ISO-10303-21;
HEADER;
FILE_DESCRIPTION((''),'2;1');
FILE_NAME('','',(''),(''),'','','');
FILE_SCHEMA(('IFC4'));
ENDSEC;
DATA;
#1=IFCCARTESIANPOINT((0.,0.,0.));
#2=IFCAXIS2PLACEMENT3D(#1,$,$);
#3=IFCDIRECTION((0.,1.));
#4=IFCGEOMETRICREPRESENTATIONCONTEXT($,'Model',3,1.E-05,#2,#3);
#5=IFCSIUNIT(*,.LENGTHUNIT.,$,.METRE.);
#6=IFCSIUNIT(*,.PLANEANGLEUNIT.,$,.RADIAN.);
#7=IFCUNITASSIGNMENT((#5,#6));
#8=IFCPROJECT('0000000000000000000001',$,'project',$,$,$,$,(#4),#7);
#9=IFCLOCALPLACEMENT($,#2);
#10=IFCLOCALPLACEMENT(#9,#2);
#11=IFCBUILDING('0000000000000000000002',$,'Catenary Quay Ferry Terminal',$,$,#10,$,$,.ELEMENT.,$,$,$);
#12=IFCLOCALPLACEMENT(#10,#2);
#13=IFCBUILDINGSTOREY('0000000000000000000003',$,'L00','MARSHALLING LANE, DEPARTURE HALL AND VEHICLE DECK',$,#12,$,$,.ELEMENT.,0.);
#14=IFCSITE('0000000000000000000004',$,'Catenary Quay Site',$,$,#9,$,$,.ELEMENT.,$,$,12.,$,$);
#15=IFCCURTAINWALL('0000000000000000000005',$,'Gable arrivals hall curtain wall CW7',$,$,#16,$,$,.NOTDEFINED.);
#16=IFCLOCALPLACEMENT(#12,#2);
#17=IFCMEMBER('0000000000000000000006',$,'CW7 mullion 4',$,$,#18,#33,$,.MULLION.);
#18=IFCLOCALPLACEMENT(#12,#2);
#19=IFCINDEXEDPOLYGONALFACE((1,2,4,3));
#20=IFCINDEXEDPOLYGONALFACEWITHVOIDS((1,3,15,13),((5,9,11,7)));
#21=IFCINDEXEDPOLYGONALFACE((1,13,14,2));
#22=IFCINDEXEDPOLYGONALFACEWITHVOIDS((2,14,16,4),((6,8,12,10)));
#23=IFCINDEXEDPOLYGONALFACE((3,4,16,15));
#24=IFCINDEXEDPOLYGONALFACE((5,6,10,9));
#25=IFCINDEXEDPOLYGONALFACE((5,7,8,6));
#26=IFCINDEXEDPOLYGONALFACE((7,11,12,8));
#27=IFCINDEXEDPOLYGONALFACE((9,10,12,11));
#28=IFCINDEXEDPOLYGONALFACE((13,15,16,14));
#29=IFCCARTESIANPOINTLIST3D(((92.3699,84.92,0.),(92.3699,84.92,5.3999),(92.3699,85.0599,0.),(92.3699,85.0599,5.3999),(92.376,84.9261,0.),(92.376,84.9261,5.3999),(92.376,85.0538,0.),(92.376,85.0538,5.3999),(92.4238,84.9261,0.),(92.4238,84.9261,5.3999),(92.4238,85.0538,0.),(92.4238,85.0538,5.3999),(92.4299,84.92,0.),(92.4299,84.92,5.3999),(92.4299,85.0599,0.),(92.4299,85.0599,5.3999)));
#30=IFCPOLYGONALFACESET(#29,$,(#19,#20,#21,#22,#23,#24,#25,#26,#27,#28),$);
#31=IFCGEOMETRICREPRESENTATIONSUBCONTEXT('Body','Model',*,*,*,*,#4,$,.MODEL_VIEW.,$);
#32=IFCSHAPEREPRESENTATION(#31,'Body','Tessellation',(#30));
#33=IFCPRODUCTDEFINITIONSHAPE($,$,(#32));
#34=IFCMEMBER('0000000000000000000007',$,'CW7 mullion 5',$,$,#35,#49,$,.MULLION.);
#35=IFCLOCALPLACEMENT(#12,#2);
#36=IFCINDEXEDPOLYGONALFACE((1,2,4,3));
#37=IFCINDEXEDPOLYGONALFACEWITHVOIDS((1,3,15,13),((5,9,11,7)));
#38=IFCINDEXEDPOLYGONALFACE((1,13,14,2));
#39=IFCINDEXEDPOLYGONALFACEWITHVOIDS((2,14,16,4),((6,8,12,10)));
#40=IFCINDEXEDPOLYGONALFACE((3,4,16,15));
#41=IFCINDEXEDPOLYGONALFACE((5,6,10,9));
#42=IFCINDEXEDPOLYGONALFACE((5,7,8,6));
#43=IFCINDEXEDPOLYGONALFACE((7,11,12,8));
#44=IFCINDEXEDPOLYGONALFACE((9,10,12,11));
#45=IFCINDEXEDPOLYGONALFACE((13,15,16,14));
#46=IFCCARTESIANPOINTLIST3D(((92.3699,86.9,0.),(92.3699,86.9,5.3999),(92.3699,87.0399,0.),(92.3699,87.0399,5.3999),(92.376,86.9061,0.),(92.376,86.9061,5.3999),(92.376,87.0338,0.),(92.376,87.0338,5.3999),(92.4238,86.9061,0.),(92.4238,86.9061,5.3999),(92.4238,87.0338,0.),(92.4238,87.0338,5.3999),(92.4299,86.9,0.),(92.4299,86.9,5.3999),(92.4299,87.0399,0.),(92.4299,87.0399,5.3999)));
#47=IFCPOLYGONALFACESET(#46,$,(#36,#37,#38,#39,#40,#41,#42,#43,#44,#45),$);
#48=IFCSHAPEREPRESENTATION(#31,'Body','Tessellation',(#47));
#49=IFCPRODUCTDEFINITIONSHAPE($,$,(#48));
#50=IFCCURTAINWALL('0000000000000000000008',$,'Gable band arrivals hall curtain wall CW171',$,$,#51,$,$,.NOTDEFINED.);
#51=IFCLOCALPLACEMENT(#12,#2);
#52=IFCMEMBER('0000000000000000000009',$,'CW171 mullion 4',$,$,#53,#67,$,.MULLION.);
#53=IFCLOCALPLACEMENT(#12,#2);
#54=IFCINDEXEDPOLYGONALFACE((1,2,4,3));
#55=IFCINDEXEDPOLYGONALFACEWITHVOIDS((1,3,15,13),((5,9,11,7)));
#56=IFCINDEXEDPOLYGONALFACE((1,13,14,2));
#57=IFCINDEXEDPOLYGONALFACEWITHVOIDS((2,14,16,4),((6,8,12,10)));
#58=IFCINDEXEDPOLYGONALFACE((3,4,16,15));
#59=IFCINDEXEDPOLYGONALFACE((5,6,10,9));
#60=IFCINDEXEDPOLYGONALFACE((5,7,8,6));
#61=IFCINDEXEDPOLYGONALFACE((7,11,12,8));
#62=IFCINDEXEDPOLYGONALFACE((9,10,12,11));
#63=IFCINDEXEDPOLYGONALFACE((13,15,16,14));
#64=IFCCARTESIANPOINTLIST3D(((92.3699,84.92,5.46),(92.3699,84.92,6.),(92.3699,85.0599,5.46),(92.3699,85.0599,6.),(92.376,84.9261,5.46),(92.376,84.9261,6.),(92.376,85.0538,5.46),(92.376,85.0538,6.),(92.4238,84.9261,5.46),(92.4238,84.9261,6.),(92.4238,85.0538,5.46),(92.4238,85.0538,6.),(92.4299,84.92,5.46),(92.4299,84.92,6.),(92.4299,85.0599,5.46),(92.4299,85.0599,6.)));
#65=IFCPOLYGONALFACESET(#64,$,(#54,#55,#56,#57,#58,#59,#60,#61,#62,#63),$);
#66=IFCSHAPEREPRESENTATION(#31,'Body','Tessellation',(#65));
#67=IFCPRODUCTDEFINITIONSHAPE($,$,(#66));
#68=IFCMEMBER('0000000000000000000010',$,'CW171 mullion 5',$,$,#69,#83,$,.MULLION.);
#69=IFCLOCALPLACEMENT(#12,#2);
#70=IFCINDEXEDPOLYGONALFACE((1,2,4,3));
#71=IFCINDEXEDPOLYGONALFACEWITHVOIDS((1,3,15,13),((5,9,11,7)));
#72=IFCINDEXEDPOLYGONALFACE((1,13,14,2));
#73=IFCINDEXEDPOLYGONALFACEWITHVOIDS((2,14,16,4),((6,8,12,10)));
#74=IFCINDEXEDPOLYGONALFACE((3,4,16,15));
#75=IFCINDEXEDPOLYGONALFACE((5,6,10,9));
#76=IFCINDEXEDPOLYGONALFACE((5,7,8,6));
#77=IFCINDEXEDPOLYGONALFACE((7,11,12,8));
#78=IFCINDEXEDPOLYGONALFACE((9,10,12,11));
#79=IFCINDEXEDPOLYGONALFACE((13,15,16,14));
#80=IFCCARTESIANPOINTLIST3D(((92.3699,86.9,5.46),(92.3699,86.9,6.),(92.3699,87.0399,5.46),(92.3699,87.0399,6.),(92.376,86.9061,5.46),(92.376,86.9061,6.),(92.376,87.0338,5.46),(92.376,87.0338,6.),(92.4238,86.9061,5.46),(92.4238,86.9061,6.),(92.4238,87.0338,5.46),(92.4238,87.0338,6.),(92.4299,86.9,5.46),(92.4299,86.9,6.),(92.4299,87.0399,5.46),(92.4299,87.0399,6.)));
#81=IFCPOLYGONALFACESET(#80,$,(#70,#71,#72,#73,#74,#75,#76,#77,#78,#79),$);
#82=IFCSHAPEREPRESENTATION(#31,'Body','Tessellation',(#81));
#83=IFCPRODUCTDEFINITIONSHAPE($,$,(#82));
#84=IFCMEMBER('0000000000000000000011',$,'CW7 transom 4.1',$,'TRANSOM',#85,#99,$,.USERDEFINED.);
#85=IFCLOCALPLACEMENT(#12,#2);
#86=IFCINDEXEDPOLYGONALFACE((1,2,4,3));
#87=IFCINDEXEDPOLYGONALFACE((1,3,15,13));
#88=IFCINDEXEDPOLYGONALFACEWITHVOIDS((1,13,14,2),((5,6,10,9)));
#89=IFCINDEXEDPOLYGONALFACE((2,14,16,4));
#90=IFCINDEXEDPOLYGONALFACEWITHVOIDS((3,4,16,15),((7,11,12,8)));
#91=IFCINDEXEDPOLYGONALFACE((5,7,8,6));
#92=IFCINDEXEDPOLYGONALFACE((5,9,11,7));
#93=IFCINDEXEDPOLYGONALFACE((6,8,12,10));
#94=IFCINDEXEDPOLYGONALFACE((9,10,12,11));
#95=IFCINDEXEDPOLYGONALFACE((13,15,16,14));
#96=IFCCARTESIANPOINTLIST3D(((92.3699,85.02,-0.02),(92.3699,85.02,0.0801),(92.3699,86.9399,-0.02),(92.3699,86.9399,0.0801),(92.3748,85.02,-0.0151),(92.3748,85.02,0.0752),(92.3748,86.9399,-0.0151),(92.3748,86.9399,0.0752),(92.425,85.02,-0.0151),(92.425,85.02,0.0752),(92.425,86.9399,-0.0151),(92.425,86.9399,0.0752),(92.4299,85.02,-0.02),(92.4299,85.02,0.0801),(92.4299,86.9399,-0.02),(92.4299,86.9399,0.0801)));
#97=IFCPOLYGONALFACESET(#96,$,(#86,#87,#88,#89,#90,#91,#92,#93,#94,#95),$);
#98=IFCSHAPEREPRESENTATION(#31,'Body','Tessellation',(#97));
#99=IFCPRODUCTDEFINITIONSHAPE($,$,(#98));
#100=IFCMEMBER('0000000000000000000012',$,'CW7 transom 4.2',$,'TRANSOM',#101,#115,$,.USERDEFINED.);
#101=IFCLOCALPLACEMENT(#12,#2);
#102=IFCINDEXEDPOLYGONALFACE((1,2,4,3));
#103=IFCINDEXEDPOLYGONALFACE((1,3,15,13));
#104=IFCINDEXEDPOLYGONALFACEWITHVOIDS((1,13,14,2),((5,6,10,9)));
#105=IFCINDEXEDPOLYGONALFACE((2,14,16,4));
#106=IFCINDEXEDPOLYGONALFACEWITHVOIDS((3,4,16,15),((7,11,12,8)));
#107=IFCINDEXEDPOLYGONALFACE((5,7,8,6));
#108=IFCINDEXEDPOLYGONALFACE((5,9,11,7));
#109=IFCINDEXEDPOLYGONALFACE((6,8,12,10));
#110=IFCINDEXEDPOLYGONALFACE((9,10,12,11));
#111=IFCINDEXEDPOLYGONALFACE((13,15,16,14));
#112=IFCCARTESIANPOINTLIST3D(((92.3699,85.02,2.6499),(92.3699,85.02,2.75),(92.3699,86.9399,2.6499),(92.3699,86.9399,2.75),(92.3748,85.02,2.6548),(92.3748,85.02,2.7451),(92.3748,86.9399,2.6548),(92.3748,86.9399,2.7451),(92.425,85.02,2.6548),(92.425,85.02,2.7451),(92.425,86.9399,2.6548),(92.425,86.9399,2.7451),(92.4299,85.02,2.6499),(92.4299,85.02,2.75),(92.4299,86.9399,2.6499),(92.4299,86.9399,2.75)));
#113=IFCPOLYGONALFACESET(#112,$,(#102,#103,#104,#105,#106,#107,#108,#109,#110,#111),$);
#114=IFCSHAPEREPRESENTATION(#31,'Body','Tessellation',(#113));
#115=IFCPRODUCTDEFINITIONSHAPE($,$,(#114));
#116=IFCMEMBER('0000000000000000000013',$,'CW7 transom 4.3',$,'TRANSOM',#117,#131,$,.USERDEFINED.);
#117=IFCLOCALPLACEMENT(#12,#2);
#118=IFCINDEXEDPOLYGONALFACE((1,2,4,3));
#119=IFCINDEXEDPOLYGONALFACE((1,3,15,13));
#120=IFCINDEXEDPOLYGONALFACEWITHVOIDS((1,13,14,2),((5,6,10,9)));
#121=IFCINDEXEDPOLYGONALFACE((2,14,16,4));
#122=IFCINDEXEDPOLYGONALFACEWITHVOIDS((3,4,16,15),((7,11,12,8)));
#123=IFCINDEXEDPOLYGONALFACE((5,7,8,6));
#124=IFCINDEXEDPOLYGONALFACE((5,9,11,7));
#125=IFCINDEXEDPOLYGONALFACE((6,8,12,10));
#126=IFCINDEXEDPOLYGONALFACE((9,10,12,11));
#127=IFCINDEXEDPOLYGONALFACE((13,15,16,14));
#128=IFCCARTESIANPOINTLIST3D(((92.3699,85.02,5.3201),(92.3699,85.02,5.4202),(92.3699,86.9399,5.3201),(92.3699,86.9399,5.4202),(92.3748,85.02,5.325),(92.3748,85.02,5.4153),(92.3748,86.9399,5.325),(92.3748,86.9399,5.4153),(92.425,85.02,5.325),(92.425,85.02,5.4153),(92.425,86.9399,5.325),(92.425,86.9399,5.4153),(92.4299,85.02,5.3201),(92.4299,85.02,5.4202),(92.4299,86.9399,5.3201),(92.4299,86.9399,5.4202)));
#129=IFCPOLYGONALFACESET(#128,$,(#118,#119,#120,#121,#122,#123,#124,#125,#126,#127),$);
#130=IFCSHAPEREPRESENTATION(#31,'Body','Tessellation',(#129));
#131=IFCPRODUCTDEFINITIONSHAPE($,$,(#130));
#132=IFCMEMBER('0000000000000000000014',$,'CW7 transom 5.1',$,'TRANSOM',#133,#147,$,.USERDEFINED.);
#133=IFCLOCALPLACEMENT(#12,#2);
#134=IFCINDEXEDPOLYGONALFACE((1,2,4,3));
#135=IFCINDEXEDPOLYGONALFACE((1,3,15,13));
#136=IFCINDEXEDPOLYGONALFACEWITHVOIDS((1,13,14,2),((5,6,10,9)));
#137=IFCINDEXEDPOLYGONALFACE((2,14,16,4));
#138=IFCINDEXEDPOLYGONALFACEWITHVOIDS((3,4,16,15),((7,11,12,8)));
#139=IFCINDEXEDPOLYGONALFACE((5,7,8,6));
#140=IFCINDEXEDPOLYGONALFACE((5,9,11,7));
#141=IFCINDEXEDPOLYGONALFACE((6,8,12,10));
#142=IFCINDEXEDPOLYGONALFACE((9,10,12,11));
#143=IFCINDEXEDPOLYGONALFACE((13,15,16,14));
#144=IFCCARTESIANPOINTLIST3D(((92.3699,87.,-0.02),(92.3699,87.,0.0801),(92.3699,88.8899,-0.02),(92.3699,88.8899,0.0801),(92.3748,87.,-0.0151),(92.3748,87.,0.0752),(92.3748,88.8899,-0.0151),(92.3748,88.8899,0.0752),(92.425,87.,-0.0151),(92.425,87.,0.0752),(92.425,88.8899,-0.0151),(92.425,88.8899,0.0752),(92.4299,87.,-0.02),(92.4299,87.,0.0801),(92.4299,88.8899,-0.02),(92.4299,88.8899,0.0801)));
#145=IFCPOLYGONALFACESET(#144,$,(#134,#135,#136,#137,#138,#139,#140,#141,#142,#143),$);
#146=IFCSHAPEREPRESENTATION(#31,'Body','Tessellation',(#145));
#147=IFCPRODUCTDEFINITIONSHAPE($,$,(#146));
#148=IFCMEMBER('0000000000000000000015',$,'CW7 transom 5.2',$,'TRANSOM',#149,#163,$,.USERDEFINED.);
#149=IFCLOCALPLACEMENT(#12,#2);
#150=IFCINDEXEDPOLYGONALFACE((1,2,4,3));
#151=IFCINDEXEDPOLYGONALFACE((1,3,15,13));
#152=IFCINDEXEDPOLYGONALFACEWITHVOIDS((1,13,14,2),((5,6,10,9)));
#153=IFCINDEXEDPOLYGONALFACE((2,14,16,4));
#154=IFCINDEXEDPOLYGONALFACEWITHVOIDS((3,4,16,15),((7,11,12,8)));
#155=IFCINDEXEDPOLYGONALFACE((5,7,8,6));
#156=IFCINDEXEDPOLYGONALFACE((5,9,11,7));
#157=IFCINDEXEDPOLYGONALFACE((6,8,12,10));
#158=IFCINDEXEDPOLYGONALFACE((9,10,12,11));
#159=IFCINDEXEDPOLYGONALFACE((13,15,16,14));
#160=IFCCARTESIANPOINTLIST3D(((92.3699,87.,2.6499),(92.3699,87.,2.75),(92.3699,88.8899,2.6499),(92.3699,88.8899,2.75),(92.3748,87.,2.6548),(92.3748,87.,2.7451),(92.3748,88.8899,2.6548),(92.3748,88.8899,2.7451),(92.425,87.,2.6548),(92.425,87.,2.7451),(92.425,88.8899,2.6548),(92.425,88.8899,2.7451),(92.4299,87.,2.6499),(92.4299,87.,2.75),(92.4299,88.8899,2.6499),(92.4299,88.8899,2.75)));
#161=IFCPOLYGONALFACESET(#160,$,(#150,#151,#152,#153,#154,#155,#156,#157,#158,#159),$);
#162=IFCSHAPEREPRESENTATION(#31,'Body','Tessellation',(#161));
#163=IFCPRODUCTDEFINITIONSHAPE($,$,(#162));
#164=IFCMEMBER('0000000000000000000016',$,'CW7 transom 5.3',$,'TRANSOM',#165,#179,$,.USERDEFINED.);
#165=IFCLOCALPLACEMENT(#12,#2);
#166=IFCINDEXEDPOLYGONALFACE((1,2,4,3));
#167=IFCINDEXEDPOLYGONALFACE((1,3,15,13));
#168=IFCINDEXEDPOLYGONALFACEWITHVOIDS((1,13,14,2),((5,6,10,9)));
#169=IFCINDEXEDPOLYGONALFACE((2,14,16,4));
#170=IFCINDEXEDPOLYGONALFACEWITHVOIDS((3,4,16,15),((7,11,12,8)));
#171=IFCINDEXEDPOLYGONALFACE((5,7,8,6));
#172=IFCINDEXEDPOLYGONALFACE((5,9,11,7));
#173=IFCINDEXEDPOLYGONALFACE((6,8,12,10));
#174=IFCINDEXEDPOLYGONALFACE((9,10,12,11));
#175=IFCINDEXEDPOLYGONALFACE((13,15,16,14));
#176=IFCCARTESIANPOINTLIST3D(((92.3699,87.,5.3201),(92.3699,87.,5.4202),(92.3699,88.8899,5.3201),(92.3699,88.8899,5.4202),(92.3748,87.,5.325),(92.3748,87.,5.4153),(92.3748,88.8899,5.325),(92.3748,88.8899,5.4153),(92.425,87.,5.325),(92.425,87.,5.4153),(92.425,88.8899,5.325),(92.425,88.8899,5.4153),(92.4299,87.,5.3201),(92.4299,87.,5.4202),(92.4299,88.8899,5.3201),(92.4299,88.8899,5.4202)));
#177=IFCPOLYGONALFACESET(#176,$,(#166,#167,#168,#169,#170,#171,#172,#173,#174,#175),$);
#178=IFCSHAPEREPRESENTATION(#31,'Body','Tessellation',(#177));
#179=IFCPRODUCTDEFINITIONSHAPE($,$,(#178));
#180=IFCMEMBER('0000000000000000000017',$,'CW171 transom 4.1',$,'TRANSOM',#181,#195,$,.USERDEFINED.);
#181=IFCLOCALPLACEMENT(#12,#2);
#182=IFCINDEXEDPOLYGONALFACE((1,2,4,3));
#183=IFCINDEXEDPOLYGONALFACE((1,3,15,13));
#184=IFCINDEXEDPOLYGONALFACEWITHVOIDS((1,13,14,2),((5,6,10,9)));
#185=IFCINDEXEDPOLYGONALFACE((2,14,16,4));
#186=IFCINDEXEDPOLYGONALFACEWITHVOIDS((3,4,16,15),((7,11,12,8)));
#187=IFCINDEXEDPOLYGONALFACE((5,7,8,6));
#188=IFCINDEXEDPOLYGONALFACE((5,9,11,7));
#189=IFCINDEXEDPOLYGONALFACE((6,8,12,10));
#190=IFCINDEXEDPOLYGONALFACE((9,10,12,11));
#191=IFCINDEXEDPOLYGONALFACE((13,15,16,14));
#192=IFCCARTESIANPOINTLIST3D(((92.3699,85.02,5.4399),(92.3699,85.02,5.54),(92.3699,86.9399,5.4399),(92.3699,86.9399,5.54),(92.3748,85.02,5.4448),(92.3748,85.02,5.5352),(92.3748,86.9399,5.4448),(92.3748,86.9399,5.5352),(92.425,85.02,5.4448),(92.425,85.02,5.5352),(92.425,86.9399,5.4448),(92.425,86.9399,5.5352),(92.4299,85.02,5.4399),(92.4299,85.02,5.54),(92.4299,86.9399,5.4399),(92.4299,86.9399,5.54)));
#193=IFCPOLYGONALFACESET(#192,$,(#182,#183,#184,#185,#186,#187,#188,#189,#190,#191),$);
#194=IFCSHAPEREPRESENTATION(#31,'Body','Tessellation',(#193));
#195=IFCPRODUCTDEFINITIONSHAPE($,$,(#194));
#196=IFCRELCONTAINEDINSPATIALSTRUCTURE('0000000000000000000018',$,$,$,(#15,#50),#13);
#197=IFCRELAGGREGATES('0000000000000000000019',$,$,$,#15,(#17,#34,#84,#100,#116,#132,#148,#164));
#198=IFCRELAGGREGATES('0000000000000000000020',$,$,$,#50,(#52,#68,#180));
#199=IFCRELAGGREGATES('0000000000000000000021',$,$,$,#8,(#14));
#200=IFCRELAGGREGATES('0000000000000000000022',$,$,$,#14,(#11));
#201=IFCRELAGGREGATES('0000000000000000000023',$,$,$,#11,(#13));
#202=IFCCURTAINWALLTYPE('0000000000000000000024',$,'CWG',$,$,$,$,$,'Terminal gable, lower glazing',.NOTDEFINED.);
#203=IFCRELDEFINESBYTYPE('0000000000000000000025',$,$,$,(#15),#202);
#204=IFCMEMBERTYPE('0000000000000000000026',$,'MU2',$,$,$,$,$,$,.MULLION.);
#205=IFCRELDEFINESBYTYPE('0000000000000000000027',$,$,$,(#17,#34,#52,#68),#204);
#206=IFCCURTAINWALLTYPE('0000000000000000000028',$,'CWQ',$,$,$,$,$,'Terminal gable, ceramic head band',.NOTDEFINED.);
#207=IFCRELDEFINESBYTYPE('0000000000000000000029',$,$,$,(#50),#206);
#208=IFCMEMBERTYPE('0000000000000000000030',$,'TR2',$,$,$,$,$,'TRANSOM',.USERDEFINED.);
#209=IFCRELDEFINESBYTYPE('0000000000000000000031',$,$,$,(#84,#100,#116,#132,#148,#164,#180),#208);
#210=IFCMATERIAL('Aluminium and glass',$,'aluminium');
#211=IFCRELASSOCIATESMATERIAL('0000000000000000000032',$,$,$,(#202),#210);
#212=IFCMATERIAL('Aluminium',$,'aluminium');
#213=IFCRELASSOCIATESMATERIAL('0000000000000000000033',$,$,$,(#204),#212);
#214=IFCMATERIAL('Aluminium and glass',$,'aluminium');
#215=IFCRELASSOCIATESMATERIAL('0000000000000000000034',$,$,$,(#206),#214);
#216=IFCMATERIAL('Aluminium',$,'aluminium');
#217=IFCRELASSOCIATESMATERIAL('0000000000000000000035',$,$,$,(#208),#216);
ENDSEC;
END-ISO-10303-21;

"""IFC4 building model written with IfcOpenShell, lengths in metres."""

from ifc_helpers import new_model, si_unit, direction, frame, origin, origin_2d, place, context, subcontext, project, spatial, hollow_rectangle, extrude, material, material_profile, profile_set, type_object, element, aggregate, save


model = new_model("IFC4")

# Units and contexts
model_context = context("Model", 3, precision=1e-05, world=origin(), true_north=direction((0.0, 1.0)))
body_context = subcontext(model_context, "Body", "Model", "MODEL_VIEW")
ifc_project = project(units=[si_unit("LENGTHUNIT", "METRE"), si_unit("PLANEANGLEUNIT", "RADIAN")], contexts=[model_context])

# Site, building, storey
site_placement = place(None, origin())
site = spatial("IfcSite", under=ifc_project, at=site_placement, Name="Catenary Quay Site", CompositionType="ELEMENT", RefElevation=12.0)
building_placement = place(site_placement, origin())
building = spatial("IfcBuilding", under=site, at=building_placement, Name="Catenary Quay Ferry Terminal", CompositionType="ELEMENT")
storey_placement = place(building_placement, origin())
storey = spatial("IfcBuildingStorey", under=building, at=storey_placement, Name="L00", Description="MARSHALLING LANE, DEPARTURE HALL AND VEHICLE DECK", CompositionType="ELEMENT", Elevation=0.0)

# Curtain walls, members
ifc_material_1 = material(Name="Aluminium and glass", Category="aluminium")
curtain_wall_type_1 = type_object("IfcCurtainWallType", Name="CWG", ElementType="Terminal gable, lower glazing", PredefinedType="NOTDEFINED", material=ifc_material_1)
curtain_wall_1_placement = place(storey_placement, origin())
curtain_wall_1 = element("IfcCurtainWall", 1, at=curtain_wall_1_placement, inside=storey, type_object=curtain_wall_type_1, Name="Gable arrivals hall curtain wall CW7", PredefinedType="NOTDEFINED")
ifc_material_2 = material(Name="Aluminium", Category="aluminium")
ifc_material_profile_1 = material_profile(ifc_material_2, hollow_rectangle(XDim=0.0601, YDim=0.1399, WallThickness=0.0061, at=origin_2d()), Name="MU2")
ifc_profile_set_1 = profile_set([ifc_material_profile_1], Name="Aluminium")
member_type_1 = type_object("IfcMemberType", Name="MU2", PredefinedType="MULLION", material=ifc_profile_set_1)
member_1_placement = place(storey_placement, frame((92.3999, 84.99, 0.0), z_axis=(0.0, 0.0, 1.0), x_axis=(-1.0, 0.0, 0.0)))
member_1 = element("IfcMember", 2, at=member_1_placement, type_object=member_type_1, Name="CW7 mullion 4", PredefinedType="MULLION", context=body_context, shape_type="SweptSolid", body=[
    extrude(hollow_rectangle(XDim=0.0601, YDim=0.1399, WallThickness=0.0061, at=origin_2d()), origin(), (0.0, 0.0, 1.0), 5.3999),
])
member_2_placement = place(storey_placement, frame((92.3999, 86.97, 0.0), z_axis=(0.0, 0.0, 1.0), x_axis=(-1.0, 0.0, 0.0)))
member_2 = element("IfcMember", 3, at=member_2_placement, type_object=member_type_1, Name="CW7 mullion 5", PredefinedType="MULLION", context=body_context, shape_type="SweptSolid", body=[
    extrude(hollow_rectangle(XDim=0.0601, YDim=0.1399, WallThickness=0.0061, at=origin_2d()), origin(), (0.0, 0.0, 1.0), 5.3999),
])
ifc_material_3 = material(Name="Aluminium and glass", Category="aluminium")
curtain_wall_type_2 = type_object("IfcCurtainWallType", Name="CWQ", ElementType="Terminal gable, ceramic head band", PredefinedType="NOTDEFINED", material=ifc_material_3)
curtain_wall_2_placement = place(storey_placement, origin())
curtain_wall_2 = element("IfcCurtainWall", 4, at=curtain_wall_2_placement, inside=storey, type_object=curtain_wall_type_2, Name="Gable band arrivals hall curtain wall CW171", PredefinedType="NOTDEFINED")
member_3_placement = place(storey_placement, frame((92.3999, 84.99, 5.46), z_axis=(0.0, 0.0, 1.0), x_axis=(-1.0, 0.0, 0.0)))
member_3 = element("IfcMember", 5, at=member_3_placement, type_object=member_type_1, Name="CW171 mullion 4", PredefinedType="MULLION", context=body_context, shape_type="SweptSolid", body=[
    extrude(hollow_rectangle(XDim=0.0601, YDim=0.1399, WallThickness=0.0061, at=origin_2d()), origin(), (0.0, 0.0, 1.0), 0.54),
])
member_4_placement = place(storey_placement, frame((92.3999, 86.97, 5.46), z_axis=(0.0, 0.0, 1.0), x_axis=(-1.0, 0.0, 0.0)))
member_4 = element("IfcMember", 6, at=member_4_placement, type_object=member_type_1, Name="CW171 mullion 5", PredefinedType="MULLION", context=body_context, shape_type="SweptSolid", body=[
    extrude(hollow_rectangle(XDim=0.0601, YDim=0.1399, WallThickness=0.0061, at=origin_2d()), origin(), (0.0, 0.0, 1.0), 0.54),
])

# Members
ifc_material_4 = material(Name="Aluminium", Category="aluminium")
ifc_material_profile_2 = material_profile(ifc_material_4, hollow_rectangle(XDim=0.0601, YDim=0.1001, WallThickness=0.0049, at=origin_2d()), Name="TR2")
ifc_profile_set_2 = profile_set([ifc_material_profile_2], Name="Aluminium")
member_type_2 = type_object("IfcMemberType", Name="TR2", ElementType="TRANSOM", PredefinedType="USERDEFINED", material=ifc_profile_set_2)
member_5_placement = place(storey_placement, frame((92.3999, 85.02, 0.03), z_axis=(0.0, 1.0, 0.0), x_axis=(-1.0, 0.0, 0.0)))
member_5 = element("IfcMember", 7, at=member_5_placement, type_object=member_type_2, Name="CW7 transom 4.1", ObjectType="TRANSOM", PredefinedType="USERDEFINED", context=body_context, shape_type="SweptSolid", body=[
    extrude(hollow_rectangle(XDim=0.0601, YDim=0.1001, WallThickness=0.0049, at=origin_2d()), origin(), (0.0, 0.0, 1.0), 1.9199),
])
member_6_placement = place(storey_placement, frame((92.3999, 85.02, 2.7), z_axis=(0.0, 1.0, 0.0), x_axis=(-1.0, 0.0, 0.0)))
member_6 = element("IfcMember", 8, at=member_6_placement, type_object=member_type_2, Name="CW7 transom 4.2", ObjectType="TRANSOM", PredefinedType="USERDEFINED", context=body_context, shape_type="SweptSolid", body=[
    extrude(hollow_rectangle(XDim=0.0601, YDim=0.1001, WallThickness=0.0049, at=origin_2d()), origin(), (0.0, 0.0, 1.0), 1.9199),
])
member_7_placement = place(storey_placement, frame((92.3999, 85.02, 5.3701), z_axis=(0.0, 1.0, 0.0), x_axis=(-1.0, 0.0, 0.0)))
member_7 = element("IfcMember", 9, at=member_7_placement, type_object=member_type_2, Name="CW7 transom 4.3", ObjectType="TRANSOM", PredefinedType="USERDEFINED", context=body_context, shape_type="SweptSolid", body=[
    extrude(hollow_rectangle(XDim=0.0601, YDim=0.1001, WallThickness=0.0049, at=origin_2d()), origin(), (0.0, 0.0, 1.0), 1.9199),
])
member_8_placement = place(storey_placement, frame((92.3999, 87.0, 0.03), z_axis=(0.0, 1.0, 0.0), x_axis=(-1.0, 0.0, 0.0)))
member_8 = element("IfcMember", 10, at=member_8_placement, type_object=member_type_2, Name="CW7 transom 5.1", ObjectType="TRANSOM", PredefinedType="USERDEFINED", context=body_context, shape_type="SweptSolid", body=[
    extrude(hollow_rectangle(XDim=0.0601, YDim=0.1001, WallThickness=0.0049, at=origin_2d()), origin(), (0.0, 0.0, 1.0), 1.8899),
])
member_9_placement = place(storey_placement, frame((92.3999, 87.0, 2.7), z_axis=(0.0, 1.0, 0.0), x_axis=(-1.0, 0.0, 0.0)))
member_9 = element("IfcMember", 11, at=member_9_placement, type_object=member_type_2, Name="CW7 transom 5.2", ObjectType="TRANSOM", PredefinedType="USERDEFINED", context=body_context, shape_type="SweptSolid", body=[
    extrude(hollow_rectangle(XDim=0.0601, YDim=0.1001, WallThickness=0.0049, at=origin_2d()), origin(), (0.0, 0.0, 1.0), 1.8899),
])
member_10_placement = place(storey_placement, frame((92.3999, 87.0, 5.3701), z_axis=(0.0, 1.0, 0.0), x_axis=(-1.0, 0.0, 0.0)))
member_10 = element("IfcMember", 12, at=member_10_placement, type_object=member_type_2, Name="CW7 transom 5.3", ObjectType="TRANSOM", PredefinedType="USERDEFINED", context=body_context, shape_type="SweptSolid", body=[
    extrude(hollow_rectangle(XDim=0.0601, YDim=0.1001, WallThickness=0.0049, at=origin_2d()), origin(), (0.0, 0.0, 1.0), 1.8899),
])
member_11_placement = place(storey_placement, frame((92.3999, 85.02, 5.49), z_axis=(0.0, 1.0, 0.0), x_axis=(-1.0, 0.0, 0.0)))
member_11 = element("IfcMember", 13, at=member_11_placement, type_object=member_type_2, Name="CW171 transom 4.1", ObjectType="TRANSOM", PredefinedType="USERDEFINED", context=body_context, shape_type="SweptSolid", body=[
    extrude(hollow_rectangle(XDim=0.0601, YDim=0.1001, WallThickness=0.0049, at=origin_2d()), origin(), (0.0, 0.0, 1.0), 1.9199),
])

aggregate(curtain_wall_1, [member_1, member_2, member_5, member_6, member_7, member_8, member_9, member_10])
aggregate(curtain_wall_2, [member_3, member_4, member_11])

save(model, "model.ifc")
